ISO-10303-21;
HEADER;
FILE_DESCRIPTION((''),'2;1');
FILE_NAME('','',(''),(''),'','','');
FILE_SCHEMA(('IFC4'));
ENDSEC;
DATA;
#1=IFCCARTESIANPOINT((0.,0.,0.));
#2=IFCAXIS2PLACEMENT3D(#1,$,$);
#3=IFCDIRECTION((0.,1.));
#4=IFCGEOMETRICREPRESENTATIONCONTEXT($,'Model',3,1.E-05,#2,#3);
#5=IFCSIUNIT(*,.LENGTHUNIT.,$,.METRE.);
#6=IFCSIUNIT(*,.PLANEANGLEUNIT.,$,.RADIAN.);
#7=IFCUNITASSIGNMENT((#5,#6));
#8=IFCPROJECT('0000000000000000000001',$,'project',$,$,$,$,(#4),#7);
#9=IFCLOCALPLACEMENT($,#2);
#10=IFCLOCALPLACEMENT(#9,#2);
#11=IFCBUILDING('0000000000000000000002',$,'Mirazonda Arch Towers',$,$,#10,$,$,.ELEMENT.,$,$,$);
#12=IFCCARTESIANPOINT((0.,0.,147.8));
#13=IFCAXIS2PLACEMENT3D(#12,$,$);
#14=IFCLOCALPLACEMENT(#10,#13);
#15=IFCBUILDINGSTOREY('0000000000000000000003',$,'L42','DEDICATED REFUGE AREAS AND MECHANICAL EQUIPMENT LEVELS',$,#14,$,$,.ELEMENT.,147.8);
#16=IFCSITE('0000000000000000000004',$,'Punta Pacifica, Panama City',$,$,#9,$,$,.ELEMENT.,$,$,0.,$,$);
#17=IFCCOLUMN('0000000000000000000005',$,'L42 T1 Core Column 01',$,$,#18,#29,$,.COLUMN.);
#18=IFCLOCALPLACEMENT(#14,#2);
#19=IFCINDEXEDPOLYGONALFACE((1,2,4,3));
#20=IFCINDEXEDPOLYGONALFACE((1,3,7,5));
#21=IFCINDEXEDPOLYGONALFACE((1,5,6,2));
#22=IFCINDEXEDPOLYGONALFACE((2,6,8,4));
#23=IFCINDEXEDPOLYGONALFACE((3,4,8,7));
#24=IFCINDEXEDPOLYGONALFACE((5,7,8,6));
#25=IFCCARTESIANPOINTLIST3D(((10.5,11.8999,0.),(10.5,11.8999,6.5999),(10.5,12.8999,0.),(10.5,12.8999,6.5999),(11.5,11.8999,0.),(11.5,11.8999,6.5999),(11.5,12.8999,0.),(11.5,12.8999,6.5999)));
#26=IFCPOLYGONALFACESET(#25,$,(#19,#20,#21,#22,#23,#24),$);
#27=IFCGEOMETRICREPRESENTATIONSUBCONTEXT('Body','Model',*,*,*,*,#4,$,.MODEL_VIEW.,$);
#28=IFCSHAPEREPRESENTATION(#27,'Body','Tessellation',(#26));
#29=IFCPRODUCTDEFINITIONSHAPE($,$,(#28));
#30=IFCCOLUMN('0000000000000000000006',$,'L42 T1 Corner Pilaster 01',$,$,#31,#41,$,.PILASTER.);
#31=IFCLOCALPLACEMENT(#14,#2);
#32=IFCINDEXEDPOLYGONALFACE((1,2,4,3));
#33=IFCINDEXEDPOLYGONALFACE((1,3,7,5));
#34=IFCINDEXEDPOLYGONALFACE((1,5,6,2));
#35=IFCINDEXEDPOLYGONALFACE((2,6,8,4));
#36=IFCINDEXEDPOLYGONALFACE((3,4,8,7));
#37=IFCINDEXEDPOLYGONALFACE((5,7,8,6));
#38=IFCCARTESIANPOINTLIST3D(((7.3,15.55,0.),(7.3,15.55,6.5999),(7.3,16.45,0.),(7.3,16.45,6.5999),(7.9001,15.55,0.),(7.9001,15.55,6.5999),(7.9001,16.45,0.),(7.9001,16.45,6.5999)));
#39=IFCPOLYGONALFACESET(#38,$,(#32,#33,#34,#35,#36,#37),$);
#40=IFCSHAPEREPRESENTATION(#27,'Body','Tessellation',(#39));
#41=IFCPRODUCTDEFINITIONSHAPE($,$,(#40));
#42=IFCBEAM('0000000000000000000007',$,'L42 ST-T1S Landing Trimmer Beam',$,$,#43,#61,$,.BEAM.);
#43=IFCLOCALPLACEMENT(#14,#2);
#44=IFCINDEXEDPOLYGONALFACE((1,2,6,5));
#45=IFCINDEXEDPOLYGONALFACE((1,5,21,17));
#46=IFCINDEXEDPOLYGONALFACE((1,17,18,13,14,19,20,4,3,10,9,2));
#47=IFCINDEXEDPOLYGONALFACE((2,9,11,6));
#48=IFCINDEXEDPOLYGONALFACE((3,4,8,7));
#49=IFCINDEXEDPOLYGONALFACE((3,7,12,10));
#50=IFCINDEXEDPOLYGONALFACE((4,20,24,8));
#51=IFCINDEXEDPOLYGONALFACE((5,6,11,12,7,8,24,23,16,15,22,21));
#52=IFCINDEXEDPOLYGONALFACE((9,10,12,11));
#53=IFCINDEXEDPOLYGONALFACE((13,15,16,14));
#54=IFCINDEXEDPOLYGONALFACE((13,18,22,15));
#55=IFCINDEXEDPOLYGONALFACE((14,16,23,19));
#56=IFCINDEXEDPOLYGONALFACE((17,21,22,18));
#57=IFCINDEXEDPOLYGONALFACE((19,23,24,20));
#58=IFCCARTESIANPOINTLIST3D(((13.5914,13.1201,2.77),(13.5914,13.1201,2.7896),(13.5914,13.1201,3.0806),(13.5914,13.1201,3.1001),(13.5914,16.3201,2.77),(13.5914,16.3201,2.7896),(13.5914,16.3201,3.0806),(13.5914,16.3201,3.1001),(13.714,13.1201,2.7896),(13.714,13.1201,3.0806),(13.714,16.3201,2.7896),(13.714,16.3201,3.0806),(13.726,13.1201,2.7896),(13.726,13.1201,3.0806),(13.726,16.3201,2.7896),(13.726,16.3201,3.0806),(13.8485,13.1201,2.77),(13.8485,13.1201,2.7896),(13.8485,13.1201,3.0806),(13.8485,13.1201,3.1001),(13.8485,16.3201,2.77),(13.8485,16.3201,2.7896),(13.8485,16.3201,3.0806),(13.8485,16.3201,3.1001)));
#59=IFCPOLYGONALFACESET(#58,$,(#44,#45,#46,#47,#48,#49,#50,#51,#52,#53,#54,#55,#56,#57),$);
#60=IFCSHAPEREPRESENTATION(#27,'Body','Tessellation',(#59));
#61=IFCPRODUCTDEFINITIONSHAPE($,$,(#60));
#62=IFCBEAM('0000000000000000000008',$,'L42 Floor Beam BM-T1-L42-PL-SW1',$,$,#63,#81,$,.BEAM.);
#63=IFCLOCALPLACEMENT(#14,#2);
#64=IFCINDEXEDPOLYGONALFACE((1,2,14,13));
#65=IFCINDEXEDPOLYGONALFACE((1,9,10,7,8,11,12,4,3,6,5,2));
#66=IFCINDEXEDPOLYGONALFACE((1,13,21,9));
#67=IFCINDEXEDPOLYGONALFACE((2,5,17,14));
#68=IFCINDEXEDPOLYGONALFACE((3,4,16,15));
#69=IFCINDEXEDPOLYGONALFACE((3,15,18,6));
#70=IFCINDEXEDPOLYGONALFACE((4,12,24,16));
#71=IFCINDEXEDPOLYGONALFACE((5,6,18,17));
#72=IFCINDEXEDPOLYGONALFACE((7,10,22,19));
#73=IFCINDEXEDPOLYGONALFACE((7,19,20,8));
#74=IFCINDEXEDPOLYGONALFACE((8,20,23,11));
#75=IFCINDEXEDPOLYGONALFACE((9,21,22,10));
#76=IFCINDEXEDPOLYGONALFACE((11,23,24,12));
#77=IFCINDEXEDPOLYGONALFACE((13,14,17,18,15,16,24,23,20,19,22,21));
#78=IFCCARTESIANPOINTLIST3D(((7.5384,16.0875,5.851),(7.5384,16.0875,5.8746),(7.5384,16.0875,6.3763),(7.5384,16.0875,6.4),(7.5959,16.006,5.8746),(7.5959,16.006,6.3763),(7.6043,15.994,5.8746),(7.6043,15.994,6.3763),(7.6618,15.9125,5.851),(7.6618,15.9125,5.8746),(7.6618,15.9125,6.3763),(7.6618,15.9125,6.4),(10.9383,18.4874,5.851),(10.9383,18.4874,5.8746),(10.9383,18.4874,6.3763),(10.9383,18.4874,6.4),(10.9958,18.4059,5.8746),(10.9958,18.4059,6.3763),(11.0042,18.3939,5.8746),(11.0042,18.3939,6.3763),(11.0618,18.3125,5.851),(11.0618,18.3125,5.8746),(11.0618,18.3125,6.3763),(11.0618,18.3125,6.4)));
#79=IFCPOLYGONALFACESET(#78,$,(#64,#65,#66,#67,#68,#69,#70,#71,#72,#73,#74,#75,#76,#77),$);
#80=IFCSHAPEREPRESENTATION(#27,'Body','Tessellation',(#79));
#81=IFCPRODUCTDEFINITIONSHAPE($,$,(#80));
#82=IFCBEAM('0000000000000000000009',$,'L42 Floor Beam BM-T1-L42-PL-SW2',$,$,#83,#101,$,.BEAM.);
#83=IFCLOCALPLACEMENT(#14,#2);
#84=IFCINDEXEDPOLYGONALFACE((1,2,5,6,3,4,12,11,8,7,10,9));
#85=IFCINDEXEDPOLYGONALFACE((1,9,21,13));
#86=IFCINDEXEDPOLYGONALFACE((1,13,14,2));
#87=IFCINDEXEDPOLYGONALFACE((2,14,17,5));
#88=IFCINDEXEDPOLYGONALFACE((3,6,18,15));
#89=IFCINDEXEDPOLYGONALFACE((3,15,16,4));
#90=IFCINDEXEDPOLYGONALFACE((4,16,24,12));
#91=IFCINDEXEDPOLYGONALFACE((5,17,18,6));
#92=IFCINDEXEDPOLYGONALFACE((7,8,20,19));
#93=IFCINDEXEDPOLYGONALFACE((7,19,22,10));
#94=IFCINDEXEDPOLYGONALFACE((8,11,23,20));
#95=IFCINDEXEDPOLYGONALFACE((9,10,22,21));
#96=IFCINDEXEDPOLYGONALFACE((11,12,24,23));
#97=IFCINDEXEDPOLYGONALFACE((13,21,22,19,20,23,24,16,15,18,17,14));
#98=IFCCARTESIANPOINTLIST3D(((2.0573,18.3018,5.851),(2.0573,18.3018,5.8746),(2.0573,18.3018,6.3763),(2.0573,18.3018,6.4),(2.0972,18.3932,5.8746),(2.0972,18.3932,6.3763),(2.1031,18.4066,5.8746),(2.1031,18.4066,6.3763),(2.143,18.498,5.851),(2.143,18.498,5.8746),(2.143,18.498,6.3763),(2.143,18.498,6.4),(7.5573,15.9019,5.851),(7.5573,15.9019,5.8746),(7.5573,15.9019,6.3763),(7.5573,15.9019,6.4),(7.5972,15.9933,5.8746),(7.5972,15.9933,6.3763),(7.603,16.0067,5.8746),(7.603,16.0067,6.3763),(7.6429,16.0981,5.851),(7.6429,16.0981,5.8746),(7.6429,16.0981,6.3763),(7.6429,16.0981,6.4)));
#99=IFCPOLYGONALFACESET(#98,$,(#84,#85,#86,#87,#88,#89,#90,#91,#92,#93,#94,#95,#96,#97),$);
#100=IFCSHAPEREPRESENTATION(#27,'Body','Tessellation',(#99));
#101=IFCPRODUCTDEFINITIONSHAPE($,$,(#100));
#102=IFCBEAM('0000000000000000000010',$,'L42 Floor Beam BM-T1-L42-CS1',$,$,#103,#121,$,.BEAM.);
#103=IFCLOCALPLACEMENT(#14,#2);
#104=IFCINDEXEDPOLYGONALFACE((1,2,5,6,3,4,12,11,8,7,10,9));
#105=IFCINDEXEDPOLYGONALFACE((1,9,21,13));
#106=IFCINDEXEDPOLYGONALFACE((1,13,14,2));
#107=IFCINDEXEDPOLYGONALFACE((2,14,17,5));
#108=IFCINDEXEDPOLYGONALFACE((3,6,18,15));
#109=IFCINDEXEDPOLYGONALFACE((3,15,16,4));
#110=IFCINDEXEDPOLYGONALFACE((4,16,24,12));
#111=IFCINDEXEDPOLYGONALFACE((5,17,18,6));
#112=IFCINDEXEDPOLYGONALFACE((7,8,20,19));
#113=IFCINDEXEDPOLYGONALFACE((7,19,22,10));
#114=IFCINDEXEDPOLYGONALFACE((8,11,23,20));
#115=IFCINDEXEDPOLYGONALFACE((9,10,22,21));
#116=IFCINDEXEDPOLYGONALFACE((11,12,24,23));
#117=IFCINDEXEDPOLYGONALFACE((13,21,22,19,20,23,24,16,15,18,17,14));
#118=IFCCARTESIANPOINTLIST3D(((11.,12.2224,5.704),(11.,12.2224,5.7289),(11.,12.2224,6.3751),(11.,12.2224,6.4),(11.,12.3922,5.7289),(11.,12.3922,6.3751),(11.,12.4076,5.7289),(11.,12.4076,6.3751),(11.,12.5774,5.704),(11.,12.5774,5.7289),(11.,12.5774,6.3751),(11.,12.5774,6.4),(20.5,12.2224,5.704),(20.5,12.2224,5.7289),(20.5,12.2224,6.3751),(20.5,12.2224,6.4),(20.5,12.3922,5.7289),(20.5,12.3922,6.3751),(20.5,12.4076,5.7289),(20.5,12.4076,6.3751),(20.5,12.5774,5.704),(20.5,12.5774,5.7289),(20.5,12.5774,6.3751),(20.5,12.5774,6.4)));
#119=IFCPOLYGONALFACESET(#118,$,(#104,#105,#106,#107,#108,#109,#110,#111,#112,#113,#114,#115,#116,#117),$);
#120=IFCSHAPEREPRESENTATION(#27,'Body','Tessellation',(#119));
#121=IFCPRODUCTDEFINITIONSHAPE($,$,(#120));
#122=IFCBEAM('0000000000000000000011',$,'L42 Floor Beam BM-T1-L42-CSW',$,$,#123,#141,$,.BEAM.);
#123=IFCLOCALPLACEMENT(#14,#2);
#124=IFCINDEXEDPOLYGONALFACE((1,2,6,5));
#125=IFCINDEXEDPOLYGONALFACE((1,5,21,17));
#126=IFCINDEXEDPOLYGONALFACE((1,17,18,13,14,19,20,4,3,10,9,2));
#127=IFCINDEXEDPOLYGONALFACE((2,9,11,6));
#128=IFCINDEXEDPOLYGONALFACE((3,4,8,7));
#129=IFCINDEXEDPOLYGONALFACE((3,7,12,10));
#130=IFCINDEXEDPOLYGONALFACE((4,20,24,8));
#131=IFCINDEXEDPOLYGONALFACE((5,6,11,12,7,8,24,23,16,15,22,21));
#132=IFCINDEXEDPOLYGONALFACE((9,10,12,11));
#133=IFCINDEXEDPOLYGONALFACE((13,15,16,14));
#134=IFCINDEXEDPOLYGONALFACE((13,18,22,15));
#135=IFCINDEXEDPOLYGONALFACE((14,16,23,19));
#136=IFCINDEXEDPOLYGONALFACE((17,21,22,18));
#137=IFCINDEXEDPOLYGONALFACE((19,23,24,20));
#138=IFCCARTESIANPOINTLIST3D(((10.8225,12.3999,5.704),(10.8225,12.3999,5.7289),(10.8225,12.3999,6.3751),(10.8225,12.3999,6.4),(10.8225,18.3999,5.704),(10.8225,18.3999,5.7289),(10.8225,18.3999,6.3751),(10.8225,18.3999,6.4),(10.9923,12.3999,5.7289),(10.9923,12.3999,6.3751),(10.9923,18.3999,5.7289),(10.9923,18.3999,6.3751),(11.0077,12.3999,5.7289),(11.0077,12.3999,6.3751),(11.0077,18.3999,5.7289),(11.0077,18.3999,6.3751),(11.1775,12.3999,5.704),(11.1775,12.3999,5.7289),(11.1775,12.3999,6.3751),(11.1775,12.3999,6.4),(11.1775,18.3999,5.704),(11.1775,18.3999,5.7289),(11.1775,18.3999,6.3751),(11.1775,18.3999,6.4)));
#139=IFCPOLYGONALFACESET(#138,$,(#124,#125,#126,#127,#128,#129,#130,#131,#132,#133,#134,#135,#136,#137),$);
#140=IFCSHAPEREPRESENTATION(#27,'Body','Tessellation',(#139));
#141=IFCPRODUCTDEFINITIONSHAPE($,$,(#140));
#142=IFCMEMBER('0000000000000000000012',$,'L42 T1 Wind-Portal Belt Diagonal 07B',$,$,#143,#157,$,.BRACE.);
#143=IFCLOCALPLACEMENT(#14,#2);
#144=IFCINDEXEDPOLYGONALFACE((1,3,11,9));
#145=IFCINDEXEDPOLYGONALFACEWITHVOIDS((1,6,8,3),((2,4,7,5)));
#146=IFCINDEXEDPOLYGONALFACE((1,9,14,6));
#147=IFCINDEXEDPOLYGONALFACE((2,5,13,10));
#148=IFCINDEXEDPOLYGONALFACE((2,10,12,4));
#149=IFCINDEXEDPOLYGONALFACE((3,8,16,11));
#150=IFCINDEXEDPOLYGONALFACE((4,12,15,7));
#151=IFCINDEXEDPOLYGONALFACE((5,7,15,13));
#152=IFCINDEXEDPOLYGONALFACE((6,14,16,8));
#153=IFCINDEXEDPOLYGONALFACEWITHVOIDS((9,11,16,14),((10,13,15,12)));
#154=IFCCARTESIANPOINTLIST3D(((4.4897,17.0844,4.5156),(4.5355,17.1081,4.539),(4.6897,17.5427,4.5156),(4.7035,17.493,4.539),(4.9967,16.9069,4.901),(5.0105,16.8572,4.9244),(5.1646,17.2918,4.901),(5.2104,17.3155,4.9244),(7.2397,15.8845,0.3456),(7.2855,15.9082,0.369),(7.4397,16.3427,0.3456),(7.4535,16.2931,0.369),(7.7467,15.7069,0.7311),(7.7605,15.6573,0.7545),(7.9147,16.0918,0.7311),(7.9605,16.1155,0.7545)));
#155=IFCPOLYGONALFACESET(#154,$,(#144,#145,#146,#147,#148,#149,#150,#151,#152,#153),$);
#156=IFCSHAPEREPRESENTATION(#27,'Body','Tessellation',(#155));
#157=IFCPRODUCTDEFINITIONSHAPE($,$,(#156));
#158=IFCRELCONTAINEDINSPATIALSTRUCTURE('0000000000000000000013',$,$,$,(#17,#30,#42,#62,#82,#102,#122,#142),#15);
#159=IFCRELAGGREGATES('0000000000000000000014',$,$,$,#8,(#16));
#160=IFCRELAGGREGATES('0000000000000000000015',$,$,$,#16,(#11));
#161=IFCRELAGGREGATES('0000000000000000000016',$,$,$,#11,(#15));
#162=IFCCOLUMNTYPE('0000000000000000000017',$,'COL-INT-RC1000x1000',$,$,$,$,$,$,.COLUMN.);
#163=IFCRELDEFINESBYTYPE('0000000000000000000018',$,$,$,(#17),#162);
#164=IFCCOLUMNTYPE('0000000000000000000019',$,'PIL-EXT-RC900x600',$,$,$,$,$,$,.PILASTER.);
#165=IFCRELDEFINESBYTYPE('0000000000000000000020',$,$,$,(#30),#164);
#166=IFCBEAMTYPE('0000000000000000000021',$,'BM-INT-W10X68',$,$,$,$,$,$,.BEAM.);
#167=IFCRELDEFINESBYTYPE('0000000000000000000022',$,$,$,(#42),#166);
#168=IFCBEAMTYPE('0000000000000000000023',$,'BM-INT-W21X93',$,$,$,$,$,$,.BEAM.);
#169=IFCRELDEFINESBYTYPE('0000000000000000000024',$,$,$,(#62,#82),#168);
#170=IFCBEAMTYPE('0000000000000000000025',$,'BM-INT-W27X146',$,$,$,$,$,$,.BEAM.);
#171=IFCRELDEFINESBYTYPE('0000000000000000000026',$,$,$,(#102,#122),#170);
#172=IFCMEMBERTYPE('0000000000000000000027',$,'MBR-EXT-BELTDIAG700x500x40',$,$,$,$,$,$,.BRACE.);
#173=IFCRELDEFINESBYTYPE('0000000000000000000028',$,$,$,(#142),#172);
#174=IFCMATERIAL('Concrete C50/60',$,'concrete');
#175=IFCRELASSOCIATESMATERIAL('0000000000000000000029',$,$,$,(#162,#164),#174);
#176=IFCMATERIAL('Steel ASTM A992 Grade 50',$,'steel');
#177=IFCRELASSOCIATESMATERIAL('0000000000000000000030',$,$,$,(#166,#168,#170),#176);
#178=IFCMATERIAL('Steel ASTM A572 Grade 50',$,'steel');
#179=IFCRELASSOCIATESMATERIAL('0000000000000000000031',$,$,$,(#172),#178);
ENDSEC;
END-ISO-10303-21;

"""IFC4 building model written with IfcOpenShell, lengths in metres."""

from ifc_helpers import new_model, si_unit, direction, frame, origin, origin_2d, place, context, subcontext, project, spatial, rectangle, hollow_rectangle, i_section, extrude, material, material_profile, profile_set, type_object, element, save


model = new_model("IFC4")

# Units and contexts
model_context = context("Model", 3, precision=1e-05, world=origin(), true_north=direction((0.0, 1.0)))
body_context = subcontext(model_context, "Body", "Model", "MODEL_VIEW")
ifc_project = project(units=[si_unit("LENGTHUNIT", "METRE"), si_unit("PLANEANGLEUNIT", "RADIAN")], contexts=[model_context])

# Site, building, storey
site_placement = place(None, origin())
site = spatial("IfcSite", under=ifc_project, at=site_placement, Name="Punta Pacifica, Panama City", CompositionType="ELEMENT", RefElevation=0.0)
building_placement = place(site_placement, origin())
building = spatial("IfcBuilding", under=site, at=building_placement, Name="Mirazonda Arch Towers", CompositionType="ELEMENT")
storey_placement = place(building_placement, frame((0.0, 0.0, 147.8)))
storey = spatial("IfcBuildingStorey", under=building, at=storey_placement, Name="L42", Description="DEDICATED REFUGE AREAS AND MECHANICAL EQUIPMENT LEVELS", CompositionType="ELEMENT", Elevation=147.8)

# Columns
ifc_material_1 = material(Name="Concrete C50/60", Category="concrete")
ifc_material_profile_1 = material_profile(ifc_material_1, rectangle(XDim=1.0, YDim=1.0, at=origin_2d()), Name="RC1000x1000")
ifc_profile_set_1 = profile_set([ifc_material_profile_1], Name="Concrete C50/60")
column_type_1 = type_object("IfcColumnType", Name="COL-INT-RC1000x1000", PredefinedType="COLUMN", material=ifc_profile_set_1)
column_1_placement = place(storey_placement, frame((11.0, 12.3999, 0.0), z_axis=(0.0, 0.0, 1.0), x_axis=(1.0, 0.0, 0.0)))
element("IfcColumn", 1, at=column_1_placement, inside=storey, type_object=column_type_1, Name="L42 T1 Core Column 01", PredefinedType="COLUMN", context=body_context, shape_type="SweptSolid", body=[
    extrude(rectangle(XDim=1.0, YDim=1.0, at=origin_2d()), origin(), (0.0, 0.0, 1.0), 6.5999),
])
ifc_material_profile_2 = material_profile(ifc_material_1, rectangle(XDim=0.6001, YDim=0.8999, at=origin_2d()), Name="RC900x600")
ifc_profile_set_2 = profile_set([ifc_material_profile_2], Name="Concrete C50/60")
column_type_2 = type_object("IfcColumnType", Name="PIL-EXT-RC900x600", PredefinedType="PILASTER", material=ifc_profile_set_2)
column_2_placement = place(storey_placement, frame((7.6001, 16.0, 0.0), z_axis=(0.0, 0.0, 1.0), x_axis=(1.0, 0.0, 0.0)))
element("IfcColumn", 2, at=column_2_placement, inside=storey, type_object=column_type_2, Name="L42 T1 Corner Pilaster 01", PredefinedType="PILASTER", context=body_context, shape_type="SweptSolid", body=[
    extrude(rectangle(XDim=0.6001, YDim=0.8999, at=origin_2d()), origin(), (0.0, 0.0, 1.0), 6.5999),
])

# Beams
ifc_material_2 = material(Name="Steel ASTM A992 Grade 50", Category="steel")
ifc_material_profile_3 = material_profile(ifc_material_2, i_section(OverallWidth=0.2571, OverallDepth=0.3301, WebThickness=0.012, FlangeThickness=0.0195, at=origin_2d()), Name="W10X68")
ifc_profile_set_3 = profile_set([ifc_material_profile_3], Name="Steel ASTM A992 Grade 50")
beam_type_1 = type_object("IfcBeamType", Name="BM-INT-W10X68", PredefinedType="BEAM", material=ifc_profile_set_3)
beam_1_placement = place(storey_placement, frame((13.72, 13.1201, 2.9351), z_axis=(0.0, 1.0, 0.0), x_axis=(-1.0, 0.0, 0.0)))
element("IfcBeam", 3, at=beam_1_placement, inside=storey, type_object=beam_type_1, Name="L42 ST-T1S Landing Trimmer Beam", PredefinedType="BEAM", context=body_context, shape_type="SweptSolid", body=[
    extrude(i_section(OverallWidth=0.2571, OverallDepth=0.3301, WebThickness=0.012, FlangeThickness=0.0195, at=origin_2d()), origin(), (0.0, 0.0, 1.0), 3.2),
])
ifc_material_profile_4 = material_profile(ifc_material_2, i_section(OverallWidth=0.2141, OverallDepth=0.5491, WebThickness=0.0146, FlangeThickness=0.0237, at=origin_2d()), Name="W21X93")
ifc_profile_set_4 = profile_set([ifc_material_profile_4], Name="Steel ASTM A992 Grade 50")
beam_type_2 = type_object("IfcBeamType", Name="BM-INT-W21X93", PredefinedType="BEAM", material=ifc_profile_set_4)
beam_2_placement = place(storey_placement, frame((7.6001, 16.0, 6.1255), z_axis=(0.816971, 0.576679, 0.0), x_axis=(-0.576679, 0.816971, 0.0)))
element("IfcBeam", 4, at=beam_2_placement, inside=storey, type_object=beam_type_2, Name="L42 Floor Beam BM-T1-L42-PL-SW1", PredefinedType="BEAM", context=body_context, shape_type="SweptSolid", body=[
    extrude(i_section(OverallWidth=0.2141, OverallDepth=0.5491, WebThickness=0.0146, FlangeThickness=0.0237, at=origin_2d()), origin(), (0.0, 0.0, 1.0), 4.1616),
])
beam_3_placement = place(storey_placement, frame((7.6001, 16.0, 6.1255), z_axis=(-0.916545, 0.399931, 0.0), x_axis=(-0.399931, -0.916545, 0.0)))
element("IfcBeam", 5, at=beam_3_placement, inside=storey, type_object=beam_type_2, Name="L42 Floor Beam BM-T1-L42-PL-SW2", PredefinedType="BEAM", context=body_context, shape_type="SweptSolid", body=[
    extrude(i_section(OverallWidth=0.2141, OverallDepth=0.5491, WebThickness=0.0146, FlangeThickness=0.0237, at=origin_2d()), origin(), (0.0, 0.0, 1.0), 6.0007),
])
ifc_material_profile_5 = material_profile(ifc_material_2, i_section(OverallWidth=0.355, OverallDepth=0.696, WebThickness=0.0154, FlangeThickness=0.0249, at=origin_2d()), Name="W27X146")
ifc_profile_set_5 = profile_set([ifc_material_profile_5], Name="Steel ASTM A992 Grade 50")
beam_type_3 = type_object("IfcBeamType", Name="BM-INT-W27X146", PredefinedType="BEAM", material=ifc_profile_set_5)
beam_4_placement = place(storey_placement, frame((11.0, 12.3999, 6.052), z_axis=(1.0, 0.0, 0.0), x_axis=(0.0, 1.0, 0.0)))
element("IfcBeam", 6, at=beam_4_placement, inside=storey, type_object=beam_type_3, Name="L42 Floor Beam BM-T1-L42-CS1", PredefinedType="BEAM", context=body_context, shape_type="SweptSolid", body=[
    extrude(i_section(OverallWidth=0.355, OverallDepth=0.696, WebThickness=0.0154, FlangeThickness=0.0249, at=origin_2d()), origin(), (0.0, 0.0, 1.0), 9.5),
])
beam_5_placement = place(storey_placement, frame((11.0, 12.3999, 6.052), z_axis=(0.0, 1.0, 0.0), x_axis=(-1.0, 0.0, 0.0)))
element("IfcBeam", 7, at=beam_5_placement, inside=storey, type_object=beam_type_3, Name="L42 Floor Beam BM-T1-L42-CSW", PredefinedType="BEAM", context=body_context, shape_type="SweptSolid", body=[
    extrude(i_section(OverallWidth=0.355, OverallDepth=0.696, WebThickness=0.0154, FlangeThickness=0.0249, at=origin_2d()), origin(), (0.0, 0.0, 1.0), 6.0),
])

# Member
ifc_material_3 = material(Name="Steel ASTM A572 Grade 50", Category="steel")
ifc_material_profile_6 = material_profile(ifc_material_3, hollow_rectangle(XDim=0.5, YDim=0.7, WallThickness=0.04, at=origin_2d()), Name="BELTDIAG700x500x40")
ifc_profile_set_6 = profile_set([ifc_material_profile_6], Name="Steel ASTM A572 Grade 50")
member_type_1 = type_object("IfcMemberType", Name="MBR-EXT-BELTDIAG700x500x40", PredefinedType="BRACE", material=ifc_profile_set_6)
member_1_placement = place(storey_placement, frame((7.6001, 16.0, 0.55), z_axis=(-0.535313, 0.233582, 0.811714), x_axis=(-0.399931, -0.916545, 0.0)))
element("IfcMember", 8, at=member_1_placement, inside=storey, type_object=member_type_1, Name="L42 T1 Wind-Portal Belt Diagonal 07B", PredefinedType="BRACE", context=body_context, shape_type="SweptSolid", body=[
    extrude(hollow_rectangle(XDim=0.5, YDim=0.7, WallThickness=0.04, at=origin_2d()), origin(), (0.0, 0.0, 1.0), 5.1372),
])

save(model, "model.ifc")
